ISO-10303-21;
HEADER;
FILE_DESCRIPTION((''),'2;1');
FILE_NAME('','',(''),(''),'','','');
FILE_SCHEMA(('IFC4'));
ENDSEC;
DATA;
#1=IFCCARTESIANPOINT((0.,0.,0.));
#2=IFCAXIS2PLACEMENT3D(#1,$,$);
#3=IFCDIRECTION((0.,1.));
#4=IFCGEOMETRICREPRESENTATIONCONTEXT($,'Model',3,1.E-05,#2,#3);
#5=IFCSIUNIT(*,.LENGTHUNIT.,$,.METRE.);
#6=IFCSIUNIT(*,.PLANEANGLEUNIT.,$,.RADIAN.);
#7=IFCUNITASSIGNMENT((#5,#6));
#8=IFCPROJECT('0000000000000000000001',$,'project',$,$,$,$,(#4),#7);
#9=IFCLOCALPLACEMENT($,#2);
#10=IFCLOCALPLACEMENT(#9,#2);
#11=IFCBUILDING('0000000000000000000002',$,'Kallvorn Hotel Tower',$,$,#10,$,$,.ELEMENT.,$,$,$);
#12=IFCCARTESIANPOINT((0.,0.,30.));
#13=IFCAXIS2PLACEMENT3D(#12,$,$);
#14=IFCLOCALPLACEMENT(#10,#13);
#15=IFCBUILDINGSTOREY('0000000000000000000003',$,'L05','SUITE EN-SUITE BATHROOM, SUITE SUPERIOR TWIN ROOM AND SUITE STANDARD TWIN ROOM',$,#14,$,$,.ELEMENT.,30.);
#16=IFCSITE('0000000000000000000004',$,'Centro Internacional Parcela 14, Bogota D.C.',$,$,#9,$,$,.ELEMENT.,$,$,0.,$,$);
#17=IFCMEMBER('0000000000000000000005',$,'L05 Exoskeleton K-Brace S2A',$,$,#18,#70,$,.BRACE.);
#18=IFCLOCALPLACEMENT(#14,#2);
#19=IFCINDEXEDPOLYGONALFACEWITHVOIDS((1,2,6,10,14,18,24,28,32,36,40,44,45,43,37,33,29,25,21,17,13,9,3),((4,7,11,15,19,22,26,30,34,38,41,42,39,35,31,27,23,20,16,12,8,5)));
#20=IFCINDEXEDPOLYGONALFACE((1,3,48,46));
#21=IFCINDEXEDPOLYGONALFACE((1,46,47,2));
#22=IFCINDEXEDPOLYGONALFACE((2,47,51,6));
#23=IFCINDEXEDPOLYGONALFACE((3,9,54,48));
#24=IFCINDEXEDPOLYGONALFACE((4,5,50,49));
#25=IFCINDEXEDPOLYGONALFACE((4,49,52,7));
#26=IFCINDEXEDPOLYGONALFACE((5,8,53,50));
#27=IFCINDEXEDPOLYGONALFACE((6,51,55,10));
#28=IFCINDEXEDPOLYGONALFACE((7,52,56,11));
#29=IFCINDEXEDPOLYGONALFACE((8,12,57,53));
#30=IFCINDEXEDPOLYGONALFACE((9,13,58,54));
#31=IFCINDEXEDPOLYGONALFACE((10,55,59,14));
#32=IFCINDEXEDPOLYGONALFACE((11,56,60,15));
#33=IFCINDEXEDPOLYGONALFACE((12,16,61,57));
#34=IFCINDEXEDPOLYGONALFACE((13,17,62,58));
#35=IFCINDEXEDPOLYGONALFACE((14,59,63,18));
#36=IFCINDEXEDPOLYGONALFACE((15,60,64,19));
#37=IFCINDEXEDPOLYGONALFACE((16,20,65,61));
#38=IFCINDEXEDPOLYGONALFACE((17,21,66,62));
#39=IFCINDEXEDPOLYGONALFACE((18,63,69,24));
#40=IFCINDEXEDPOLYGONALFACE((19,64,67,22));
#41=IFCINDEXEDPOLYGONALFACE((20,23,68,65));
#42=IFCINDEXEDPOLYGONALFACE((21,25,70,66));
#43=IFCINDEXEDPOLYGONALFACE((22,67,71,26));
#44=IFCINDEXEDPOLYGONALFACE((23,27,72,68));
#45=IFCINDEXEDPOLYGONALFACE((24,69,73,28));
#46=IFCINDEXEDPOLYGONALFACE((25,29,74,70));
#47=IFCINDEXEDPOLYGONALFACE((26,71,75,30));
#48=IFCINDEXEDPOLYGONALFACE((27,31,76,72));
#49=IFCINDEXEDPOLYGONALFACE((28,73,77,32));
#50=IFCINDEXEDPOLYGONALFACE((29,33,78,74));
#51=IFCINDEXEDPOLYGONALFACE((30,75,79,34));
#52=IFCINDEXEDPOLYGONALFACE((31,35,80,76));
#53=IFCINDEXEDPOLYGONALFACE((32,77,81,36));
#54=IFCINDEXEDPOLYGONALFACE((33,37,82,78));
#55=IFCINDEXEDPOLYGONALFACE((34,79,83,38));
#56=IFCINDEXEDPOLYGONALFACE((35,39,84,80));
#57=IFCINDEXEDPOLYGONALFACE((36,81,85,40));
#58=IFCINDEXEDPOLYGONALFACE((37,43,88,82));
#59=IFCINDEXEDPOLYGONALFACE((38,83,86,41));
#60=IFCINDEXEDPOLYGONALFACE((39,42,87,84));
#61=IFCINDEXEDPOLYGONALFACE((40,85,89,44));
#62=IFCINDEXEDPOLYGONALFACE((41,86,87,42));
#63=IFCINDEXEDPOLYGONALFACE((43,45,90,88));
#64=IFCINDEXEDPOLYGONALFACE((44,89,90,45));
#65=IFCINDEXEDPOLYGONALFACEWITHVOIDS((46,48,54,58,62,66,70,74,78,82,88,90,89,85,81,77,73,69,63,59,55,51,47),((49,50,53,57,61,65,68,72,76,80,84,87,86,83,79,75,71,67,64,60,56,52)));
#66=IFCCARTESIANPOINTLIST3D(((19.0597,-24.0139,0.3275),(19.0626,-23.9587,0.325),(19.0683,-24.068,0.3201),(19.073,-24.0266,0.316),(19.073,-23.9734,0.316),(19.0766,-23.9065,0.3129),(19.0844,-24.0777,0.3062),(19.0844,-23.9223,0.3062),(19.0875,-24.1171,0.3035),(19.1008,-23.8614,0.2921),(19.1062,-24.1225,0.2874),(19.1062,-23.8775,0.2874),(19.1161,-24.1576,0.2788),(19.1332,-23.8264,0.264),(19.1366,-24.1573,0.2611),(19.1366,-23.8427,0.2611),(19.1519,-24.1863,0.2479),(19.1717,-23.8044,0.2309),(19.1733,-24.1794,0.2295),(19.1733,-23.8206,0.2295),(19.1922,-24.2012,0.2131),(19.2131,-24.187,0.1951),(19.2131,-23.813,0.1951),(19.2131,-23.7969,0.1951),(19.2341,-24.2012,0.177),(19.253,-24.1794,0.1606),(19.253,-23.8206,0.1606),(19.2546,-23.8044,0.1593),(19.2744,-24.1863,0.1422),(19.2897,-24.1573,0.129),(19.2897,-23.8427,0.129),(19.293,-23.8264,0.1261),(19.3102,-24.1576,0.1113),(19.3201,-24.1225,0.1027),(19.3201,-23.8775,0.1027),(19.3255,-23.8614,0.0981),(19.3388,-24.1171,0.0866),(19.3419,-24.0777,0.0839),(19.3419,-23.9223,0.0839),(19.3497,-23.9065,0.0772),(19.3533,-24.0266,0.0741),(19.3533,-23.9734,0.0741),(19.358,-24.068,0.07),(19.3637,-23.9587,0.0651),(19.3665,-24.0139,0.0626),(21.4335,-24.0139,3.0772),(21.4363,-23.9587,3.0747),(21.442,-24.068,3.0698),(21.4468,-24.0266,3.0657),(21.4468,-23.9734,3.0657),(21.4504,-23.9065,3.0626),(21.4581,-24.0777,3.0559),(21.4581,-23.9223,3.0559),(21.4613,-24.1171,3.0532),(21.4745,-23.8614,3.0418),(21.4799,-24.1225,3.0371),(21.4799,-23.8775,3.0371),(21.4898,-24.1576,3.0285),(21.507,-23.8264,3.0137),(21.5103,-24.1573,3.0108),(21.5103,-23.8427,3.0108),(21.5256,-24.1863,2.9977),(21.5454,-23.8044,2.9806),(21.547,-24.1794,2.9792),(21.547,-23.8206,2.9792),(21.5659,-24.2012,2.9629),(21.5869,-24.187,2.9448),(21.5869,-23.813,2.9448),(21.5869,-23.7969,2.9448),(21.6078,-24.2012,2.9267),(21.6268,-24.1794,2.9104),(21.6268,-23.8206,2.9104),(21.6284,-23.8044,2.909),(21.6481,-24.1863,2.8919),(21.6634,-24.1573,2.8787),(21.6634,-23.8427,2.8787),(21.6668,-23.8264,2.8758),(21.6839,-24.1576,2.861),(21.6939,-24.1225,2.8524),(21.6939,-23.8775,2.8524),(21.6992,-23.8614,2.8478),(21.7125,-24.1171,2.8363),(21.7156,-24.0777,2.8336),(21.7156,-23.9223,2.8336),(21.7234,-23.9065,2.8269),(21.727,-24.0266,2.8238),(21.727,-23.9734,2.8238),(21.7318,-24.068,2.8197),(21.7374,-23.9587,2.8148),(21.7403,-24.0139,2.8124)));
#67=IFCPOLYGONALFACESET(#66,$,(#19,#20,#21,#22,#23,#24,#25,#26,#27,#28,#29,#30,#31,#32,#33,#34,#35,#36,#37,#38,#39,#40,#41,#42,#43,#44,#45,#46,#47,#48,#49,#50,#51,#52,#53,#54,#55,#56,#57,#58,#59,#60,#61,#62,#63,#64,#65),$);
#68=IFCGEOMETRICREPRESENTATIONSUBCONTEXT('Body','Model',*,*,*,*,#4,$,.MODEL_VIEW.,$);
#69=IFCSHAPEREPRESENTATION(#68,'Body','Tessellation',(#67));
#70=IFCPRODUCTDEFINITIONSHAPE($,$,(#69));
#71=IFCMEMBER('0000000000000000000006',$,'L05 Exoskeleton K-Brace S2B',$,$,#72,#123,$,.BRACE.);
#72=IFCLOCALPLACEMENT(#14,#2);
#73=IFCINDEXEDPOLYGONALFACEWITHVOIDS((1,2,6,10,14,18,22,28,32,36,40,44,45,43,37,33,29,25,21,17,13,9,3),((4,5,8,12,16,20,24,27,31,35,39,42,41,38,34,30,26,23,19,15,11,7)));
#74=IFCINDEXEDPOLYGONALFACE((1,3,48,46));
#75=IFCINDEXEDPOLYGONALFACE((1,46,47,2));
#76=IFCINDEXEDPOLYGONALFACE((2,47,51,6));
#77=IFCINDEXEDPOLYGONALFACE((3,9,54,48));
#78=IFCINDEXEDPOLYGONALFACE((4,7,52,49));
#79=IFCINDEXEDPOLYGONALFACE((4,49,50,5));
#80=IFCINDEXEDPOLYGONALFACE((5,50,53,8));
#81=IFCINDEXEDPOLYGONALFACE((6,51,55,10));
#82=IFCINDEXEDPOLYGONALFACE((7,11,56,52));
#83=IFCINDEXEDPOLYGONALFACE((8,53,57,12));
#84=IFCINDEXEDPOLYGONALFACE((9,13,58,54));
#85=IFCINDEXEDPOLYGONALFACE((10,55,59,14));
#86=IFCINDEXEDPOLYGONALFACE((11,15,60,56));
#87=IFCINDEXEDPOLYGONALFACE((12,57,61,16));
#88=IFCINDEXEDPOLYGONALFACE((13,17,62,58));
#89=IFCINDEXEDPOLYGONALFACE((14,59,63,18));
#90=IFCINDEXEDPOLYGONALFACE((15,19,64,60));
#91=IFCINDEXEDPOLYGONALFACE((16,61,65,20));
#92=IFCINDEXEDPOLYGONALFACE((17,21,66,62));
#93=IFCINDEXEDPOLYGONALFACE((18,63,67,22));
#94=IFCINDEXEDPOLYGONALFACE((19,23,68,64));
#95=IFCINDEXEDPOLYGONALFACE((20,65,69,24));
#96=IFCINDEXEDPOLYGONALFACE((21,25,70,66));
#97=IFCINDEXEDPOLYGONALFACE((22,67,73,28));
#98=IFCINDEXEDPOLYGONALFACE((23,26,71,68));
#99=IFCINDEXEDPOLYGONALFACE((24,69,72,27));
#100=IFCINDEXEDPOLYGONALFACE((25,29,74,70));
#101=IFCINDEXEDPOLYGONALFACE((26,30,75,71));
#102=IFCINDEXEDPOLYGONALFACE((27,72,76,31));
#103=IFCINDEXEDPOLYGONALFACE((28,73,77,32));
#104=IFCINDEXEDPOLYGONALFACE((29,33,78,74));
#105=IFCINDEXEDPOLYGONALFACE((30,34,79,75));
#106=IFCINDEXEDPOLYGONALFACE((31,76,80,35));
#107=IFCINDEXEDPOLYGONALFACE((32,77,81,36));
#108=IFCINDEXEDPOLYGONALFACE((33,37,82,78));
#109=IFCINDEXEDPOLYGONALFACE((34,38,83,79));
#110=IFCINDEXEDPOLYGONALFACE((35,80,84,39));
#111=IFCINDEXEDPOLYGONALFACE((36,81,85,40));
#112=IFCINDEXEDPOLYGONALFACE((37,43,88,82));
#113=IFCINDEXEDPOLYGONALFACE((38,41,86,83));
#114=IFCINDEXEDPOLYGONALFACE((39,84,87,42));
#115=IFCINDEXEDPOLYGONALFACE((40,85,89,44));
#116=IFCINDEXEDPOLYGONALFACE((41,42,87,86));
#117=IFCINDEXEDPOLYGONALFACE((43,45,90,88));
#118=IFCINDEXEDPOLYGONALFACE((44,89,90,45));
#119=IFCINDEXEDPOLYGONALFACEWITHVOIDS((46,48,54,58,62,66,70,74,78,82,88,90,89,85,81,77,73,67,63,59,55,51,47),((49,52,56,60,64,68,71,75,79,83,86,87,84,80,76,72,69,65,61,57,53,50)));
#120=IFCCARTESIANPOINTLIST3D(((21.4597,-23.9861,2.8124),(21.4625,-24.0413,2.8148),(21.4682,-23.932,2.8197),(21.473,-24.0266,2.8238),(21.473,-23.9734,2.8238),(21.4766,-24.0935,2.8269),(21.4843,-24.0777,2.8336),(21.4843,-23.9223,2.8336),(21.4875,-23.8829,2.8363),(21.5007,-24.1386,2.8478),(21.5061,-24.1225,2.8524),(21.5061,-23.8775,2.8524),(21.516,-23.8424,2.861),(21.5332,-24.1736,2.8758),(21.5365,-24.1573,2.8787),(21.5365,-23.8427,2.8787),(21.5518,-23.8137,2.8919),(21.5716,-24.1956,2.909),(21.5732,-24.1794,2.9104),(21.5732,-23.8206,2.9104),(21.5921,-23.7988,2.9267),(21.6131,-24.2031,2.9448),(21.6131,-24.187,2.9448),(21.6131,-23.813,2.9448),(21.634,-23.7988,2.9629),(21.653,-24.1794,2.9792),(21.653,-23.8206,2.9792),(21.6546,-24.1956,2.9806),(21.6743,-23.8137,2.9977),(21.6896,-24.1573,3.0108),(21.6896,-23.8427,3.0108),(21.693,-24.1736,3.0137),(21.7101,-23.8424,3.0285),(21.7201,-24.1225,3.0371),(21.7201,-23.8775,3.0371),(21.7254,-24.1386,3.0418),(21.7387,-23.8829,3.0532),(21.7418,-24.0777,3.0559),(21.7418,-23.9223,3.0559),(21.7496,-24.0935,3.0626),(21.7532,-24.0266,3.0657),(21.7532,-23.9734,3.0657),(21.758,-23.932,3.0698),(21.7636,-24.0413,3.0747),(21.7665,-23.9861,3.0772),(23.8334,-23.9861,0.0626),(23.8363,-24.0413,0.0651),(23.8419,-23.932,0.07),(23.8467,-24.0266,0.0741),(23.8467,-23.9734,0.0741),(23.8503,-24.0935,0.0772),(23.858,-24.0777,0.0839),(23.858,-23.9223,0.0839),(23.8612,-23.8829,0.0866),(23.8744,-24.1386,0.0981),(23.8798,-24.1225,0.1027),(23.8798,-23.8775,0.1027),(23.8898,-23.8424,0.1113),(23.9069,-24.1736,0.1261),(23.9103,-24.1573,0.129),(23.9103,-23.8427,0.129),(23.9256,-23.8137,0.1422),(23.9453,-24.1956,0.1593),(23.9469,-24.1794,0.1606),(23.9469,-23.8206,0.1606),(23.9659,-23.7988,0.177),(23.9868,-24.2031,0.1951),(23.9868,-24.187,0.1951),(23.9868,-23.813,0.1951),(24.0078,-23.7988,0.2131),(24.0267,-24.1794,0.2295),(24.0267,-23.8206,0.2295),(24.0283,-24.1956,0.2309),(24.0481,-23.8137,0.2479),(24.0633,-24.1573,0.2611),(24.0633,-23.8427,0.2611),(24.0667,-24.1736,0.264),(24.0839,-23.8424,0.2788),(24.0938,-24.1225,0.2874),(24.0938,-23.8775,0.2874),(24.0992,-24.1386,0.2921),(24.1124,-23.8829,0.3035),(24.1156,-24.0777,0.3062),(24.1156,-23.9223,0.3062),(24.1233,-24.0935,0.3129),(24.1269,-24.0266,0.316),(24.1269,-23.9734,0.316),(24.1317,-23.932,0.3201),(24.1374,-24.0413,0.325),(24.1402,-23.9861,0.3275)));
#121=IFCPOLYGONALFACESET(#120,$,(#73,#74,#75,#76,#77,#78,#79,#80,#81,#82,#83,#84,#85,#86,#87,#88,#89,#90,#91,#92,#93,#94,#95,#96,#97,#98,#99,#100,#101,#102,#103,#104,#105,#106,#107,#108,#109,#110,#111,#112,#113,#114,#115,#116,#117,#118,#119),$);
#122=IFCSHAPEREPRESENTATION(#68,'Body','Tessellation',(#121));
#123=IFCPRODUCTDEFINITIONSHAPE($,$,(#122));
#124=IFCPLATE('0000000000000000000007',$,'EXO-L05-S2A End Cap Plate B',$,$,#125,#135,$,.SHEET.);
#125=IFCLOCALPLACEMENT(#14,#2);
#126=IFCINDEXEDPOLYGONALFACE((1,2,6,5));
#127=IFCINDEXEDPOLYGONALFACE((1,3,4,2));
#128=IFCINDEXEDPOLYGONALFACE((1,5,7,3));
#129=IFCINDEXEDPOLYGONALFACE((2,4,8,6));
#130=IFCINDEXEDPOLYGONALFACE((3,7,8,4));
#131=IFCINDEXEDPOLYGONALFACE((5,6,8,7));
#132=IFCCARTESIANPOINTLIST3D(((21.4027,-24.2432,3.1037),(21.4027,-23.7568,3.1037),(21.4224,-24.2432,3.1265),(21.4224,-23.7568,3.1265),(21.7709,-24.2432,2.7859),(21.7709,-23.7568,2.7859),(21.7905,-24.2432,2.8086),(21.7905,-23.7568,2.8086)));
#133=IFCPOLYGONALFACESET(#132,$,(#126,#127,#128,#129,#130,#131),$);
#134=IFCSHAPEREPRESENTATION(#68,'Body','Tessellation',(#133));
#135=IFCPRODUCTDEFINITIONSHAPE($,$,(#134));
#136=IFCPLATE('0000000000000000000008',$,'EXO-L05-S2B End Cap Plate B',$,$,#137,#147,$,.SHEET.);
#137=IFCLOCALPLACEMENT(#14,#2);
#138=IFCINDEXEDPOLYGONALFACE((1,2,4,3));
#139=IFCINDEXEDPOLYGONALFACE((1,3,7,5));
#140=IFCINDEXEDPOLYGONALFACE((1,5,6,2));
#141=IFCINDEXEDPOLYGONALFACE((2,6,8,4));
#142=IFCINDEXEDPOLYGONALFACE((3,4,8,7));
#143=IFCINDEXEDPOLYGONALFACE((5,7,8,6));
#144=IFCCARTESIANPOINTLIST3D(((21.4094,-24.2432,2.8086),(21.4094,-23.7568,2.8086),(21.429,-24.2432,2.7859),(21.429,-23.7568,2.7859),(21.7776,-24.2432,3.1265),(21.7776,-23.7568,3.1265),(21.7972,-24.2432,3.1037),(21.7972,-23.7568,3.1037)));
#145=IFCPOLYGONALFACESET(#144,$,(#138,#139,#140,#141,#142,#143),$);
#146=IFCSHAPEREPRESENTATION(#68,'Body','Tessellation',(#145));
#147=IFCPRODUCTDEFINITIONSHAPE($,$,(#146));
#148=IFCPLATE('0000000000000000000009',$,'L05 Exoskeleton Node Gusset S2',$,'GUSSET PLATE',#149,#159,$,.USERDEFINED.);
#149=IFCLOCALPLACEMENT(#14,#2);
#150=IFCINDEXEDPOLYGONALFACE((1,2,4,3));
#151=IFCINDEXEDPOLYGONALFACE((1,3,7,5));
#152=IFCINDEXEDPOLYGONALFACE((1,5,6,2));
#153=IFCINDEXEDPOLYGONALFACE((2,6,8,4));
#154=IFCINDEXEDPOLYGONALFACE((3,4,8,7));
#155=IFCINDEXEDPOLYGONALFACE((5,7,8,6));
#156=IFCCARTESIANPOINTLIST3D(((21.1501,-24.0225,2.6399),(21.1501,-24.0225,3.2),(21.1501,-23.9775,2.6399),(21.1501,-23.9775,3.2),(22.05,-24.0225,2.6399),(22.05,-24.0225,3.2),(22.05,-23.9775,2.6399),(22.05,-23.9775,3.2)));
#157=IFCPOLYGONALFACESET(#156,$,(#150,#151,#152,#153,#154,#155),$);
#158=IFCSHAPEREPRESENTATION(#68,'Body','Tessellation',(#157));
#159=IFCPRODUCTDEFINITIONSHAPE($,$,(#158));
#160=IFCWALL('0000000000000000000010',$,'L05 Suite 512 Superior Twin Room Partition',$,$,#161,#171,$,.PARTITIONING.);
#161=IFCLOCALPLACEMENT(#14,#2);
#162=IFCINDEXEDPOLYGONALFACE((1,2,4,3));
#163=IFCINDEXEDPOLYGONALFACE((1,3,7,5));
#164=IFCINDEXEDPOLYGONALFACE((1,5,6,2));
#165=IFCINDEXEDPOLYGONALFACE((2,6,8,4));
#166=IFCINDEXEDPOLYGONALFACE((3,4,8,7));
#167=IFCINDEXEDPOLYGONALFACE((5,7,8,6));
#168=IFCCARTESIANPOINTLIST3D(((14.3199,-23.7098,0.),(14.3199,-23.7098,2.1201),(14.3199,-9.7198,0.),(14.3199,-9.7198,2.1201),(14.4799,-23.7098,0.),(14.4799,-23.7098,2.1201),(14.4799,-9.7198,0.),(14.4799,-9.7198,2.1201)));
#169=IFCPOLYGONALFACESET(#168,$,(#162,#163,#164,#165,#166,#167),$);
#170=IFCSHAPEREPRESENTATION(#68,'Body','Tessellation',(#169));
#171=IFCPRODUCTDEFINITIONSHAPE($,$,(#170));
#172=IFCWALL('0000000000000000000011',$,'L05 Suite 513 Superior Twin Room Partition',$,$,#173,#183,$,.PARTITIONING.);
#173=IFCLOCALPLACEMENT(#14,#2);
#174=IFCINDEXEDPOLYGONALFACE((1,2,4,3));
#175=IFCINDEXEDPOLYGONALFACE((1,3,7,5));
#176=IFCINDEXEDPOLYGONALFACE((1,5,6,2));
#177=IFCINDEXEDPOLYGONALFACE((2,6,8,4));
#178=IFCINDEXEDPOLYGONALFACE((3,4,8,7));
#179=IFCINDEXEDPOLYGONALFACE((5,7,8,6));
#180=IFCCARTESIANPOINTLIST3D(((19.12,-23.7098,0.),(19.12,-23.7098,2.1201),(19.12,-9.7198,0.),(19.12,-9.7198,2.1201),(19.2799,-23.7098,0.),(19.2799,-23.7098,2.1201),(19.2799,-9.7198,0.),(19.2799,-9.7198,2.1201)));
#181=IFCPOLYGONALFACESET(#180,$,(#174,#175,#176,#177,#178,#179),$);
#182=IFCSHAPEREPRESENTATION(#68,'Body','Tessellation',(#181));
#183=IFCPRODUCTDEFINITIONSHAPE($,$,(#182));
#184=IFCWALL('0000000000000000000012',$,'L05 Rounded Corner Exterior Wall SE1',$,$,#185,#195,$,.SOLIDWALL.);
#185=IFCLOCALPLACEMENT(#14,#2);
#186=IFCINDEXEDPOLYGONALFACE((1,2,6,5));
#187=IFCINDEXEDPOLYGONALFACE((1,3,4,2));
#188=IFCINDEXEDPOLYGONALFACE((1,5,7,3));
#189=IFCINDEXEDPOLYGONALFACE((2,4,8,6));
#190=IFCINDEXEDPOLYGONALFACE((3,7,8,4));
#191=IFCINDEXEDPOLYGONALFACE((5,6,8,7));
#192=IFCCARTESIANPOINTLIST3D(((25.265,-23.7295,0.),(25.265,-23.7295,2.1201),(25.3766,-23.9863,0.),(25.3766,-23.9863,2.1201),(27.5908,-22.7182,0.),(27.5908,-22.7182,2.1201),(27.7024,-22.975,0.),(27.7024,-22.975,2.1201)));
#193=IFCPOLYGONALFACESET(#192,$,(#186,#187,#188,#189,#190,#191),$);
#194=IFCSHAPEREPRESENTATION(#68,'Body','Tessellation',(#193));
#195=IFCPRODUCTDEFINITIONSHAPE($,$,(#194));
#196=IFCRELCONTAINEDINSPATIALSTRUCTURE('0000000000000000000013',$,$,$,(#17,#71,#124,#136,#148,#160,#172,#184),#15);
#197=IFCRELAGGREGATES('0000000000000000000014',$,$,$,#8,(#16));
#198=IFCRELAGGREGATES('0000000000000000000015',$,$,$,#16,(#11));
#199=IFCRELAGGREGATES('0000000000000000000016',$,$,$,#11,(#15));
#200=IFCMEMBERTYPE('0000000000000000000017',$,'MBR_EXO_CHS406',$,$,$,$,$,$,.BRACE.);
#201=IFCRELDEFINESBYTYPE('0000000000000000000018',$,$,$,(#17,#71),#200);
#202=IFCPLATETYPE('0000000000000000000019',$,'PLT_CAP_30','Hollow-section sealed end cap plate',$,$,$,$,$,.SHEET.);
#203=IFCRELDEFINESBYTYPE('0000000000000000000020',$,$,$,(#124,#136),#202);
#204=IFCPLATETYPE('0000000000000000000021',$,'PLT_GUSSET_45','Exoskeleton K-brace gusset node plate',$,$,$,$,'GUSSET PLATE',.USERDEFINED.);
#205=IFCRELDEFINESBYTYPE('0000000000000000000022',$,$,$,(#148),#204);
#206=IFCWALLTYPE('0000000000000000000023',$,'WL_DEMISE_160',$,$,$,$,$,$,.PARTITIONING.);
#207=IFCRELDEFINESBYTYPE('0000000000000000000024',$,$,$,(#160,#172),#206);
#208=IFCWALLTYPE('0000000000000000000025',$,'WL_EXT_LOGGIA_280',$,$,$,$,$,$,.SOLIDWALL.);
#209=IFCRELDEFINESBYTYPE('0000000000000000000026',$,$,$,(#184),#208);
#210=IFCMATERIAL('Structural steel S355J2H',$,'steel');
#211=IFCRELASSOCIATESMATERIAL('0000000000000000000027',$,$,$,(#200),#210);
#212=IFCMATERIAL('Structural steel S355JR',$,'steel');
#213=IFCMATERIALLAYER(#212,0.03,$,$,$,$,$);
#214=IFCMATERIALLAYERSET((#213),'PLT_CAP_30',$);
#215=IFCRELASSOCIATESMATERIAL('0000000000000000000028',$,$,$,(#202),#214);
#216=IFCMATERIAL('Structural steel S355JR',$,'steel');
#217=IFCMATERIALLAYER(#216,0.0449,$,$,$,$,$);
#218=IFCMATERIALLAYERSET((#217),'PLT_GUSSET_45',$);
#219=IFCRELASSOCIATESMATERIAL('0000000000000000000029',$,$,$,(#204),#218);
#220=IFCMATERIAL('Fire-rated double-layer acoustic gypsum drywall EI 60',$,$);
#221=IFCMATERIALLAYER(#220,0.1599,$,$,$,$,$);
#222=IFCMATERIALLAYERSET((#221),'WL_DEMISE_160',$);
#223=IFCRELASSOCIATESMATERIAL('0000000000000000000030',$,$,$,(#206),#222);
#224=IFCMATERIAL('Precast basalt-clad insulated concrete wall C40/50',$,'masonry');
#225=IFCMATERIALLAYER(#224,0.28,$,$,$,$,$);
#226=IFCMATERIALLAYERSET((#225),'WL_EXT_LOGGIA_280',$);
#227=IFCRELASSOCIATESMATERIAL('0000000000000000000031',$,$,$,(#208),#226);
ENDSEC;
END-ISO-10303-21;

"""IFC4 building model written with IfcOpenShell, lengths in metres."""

from ifc_helpers import new_model, si_unit, direction, frame, frame_2d, origin, origin_2d, place, context, subcontext, project, spatial, polyline, rectangle, hollow_circle, outline, extrude, material, layer, layer_set, material_profile, profile_set, type_object, element, save


model = new_model("IFC4")

# Units and contexts
model_context = context("Model", 3, precision=1e-05, world=origin(), true_north=direction((0.0, 1.0)))
body_context = subcontext(model_context, "Body", "Model", "MODEL_VIEW")
ifc_project = project(units=[si_unit("LENGTHUNIT", "METRE"), si_unit("PLANEANGLEUNIT", "RADIAN")], contexts=[model_context])

# Site, building, storey
site_placement = place(None, origin())
site = spatial("IfcSite", under=ifc_project, at=site_placement, Name="Centro Internacional Parcela 14, Bogota D.C.", CompositionType="ELEMENT", RefElevation=0.0)
building_placement = place(site_placement, origin())
building = spatial("IfcBuilding", under=site, at=building_placement, Name="Kallvorn Hotel Tower", CompositionType="ELEMENT")
storey_placement = place(building_placement, frame((0.0, 0.0, 30.0)))
storey = spatial("IfcBuildingStorey", under=building, at=storey_placement, Name="L05", Description="SUITE EN-SUITE BATHROOM, SUITE SUPERIOR TWIN ROOM AND SUITE STANDARD TWIN ROOM", CompositionType="ELEMENT", Elevation=30.0)

# Members
ifc_material_1 = material(Name="Structural steel S355J2H", Category="steel")
ifc_material_profile_1 = material_profile(ifc_material_1, hollow_circle(Radius=0.2031, WallThickness=0.0161, at=origin_2d()), Name="CHS 406.4x16")
ifc_profile_set_1 = profile_set([ifc_material_profile_1], Name="Structural steel S355J2H")
member_type = type_object("IfcMemberType", Name="MBR_EXO_CHS406", PredefinedType="BRACE", material=ifc_profile_set_1)
for number, where, z_axis, x_axis, name in (
    (1, (19.2131, -24.0, 0.1951), (0.653461, 0.0, 0.756961), (0.0, 1.0, 0.0), "L05 Exoskeleton K-Brace S2A"),
    (2, (23.9868, -24.0, 0.1951), (-0.653461, 0.0, 0.756961), (0.0, -1.0, 0.0), "L05 Exoskeleton K-Brace S2B"),
):
    element("IfcMember", number, at=place(storey_placement, frame(where, z_axis=z_axis, x_axis=x_axis)), inside=storey, type_object=member_type, Name=name, PredefinedType="BRACE", context=body_context, shape_type="SweptSolid", body=[
        extrude(hollow_circle(Radius=0.2031, WallThickness=0.0161, at=origin_2d()), origin(), (0.0, 0.0, 1.0), 3.6326),
    ])

# Plates
ifc_material_2 = material(Name="Structural steel S355JR", Category="steel")
ifc_layer_1 = layer(ifc_material_2, 0.03)
ifc_layer_set_1 = layer_set([ifc_layer_1], Name="PLT_CAP_30")
plate_type_1 = type_object("IfcPlateType", Name="PLT_CAP_30", Description="Hollow-section sealed end cap plate", PredefinedType="SHEET", material=ifc_layer_set_1)
for number, where, z_axis, x_axis, name in (
    (3, (21.7905, -24.2432, 2.8086), (0.653515, 0.0, 0.756913), (0.0, 1.0, 0.0), "EXO-L05-S2A End Cap Plate B"),
    (4, (21.4094, -23.7568, 2.8086), (-0.653515, 0.0, 0.756913), (0.0, -1.0, 0.0), "EXO-L05-S2B End Cap Plate B"),
):
    element("IfcPlate", number, at=place(storey_placement, frame(where, z_axis=z_axis, x_axis=x_axis)), inside=storey, type_object=plate_type_1, Name=name, PredefinedType="SHEET", context=body_context, shape_type="SweptSolid", body=[
        extrude(outline(polyline([(0.0, 0.0), (0.4863, 0.0), (0.4863, 0.4864), (0.0, 0.4864), (0.0, 0.0)])), origin(), (0.0, 0.0, -1.0), 0.03),
    ])
ifc_material_3 = material(Name="Structural steel S355JR", Category="steel")
ifc_layer_2 = layer(ifc_material_3, 0.0449)
ifc_layer_set_2 = layer_set([ifc_layer_2], Name="PLT_GUSSET_45")
plate_type_2 = type_object("IfcPlateType", Name="PLT_GUSSET_45", Description="Exoskeleton K-brace gusset node plate", ElementType="GUSSET PLATE", PredefinedType="USERDEFINED", material=ifc_layer_set_2)
plate_placement = place(storey_placement, frame((21.6001, -24.0, 2.6399), z_axis=(0.0, 0.0, 1.0), x_axis=(1.0, 0.0, 0.0)))
element("IfcPlate", 5, at=plate_placement, inside=storey, type_object=plate_type_2, Name="L05 Exoskeleton Node Gusset S2", ObjectType="GUSSET PLATE", PredefinedType="USERDEFINED", context=body_context, shape_type="SweptSolid", body=[
    extrude(rectangle(XDim=0.8999, YDim=0.0449, at=origin_2d()), origin(), (0.0, 0.0, 1.0), 0.5601),
])

# Walls
ifc_material_4 = material(Name="Fire-rated double-layer acoustic gypsum drywall EI 60")
ifc_layer_3 = layer(ifc_material_4, 0.1599)
ifc_layer_set_3 = layer_set([ifc_layer_3], Name="WL_DEMISE_160")
wall_type_1 = type_object("IfcWallType", Name="WL_DEMISE_160", PredefinedType="PARTITIONING", material=ifc_layer_set_3)
for number, where, z_axis, x_axis, name in (
    (6, (14.3999, -23.71, 0.0), (0.0, 0.0, 1.0), (0.0, 1.0, 0.0), "L05 Suite 512 Superior Twin Room Partition"),
    (7, (19.2, -23.71, 0.0), (0.0, 0.0, 1.0), (0.0, 1.0, 0.0), "L05 Suite 513 Superior Twin Room Partition"),
):
    element("IfcWall", number, at=place(storey_placement, frame(where, z_axis=z_axis, x_axis=x_axis)), inside=storey, type_object=wall_type_1, Name=name, PredefinedType="PARTITIONING", context=body_context, shape_type="SweptSolid", body=[
        extrude(rectangle(XDim=13.99, YDim=0.1599, at=frame_2d((6.9951, 0.0))), origin(), (0.0, 0.0, 1.0), 2.1201),
    ])
ifc_material_5 = material(Name="Precast basalt-clad insulated concrete wall C40/50", Category="masonry")
ifc_layer_4 = layer(ifc_material_5, 0.28)
ifc_layer_set_4 = layer_set([ifc_layer_4], Name="WL_EXT_LOGGIA_280")
wall_type_2 = type_object("IfcWallType", Name="WL_EXT_LOGGIA_280", PredefinedType="SOLIDWALL", material=ifc_layer_set_4)
wall_1_placement = place(storey_placement, frame((25.3208, -23.8579, 0.0), z_axis=(0.0, 0.0, 1.0), x_axis=(0.917061, 0.398747, 0.0)))
element("IfcWall", 8, at=wall_1_placement, inside=storey, type_object=wall_type_2, Name="L05 Rounded Corner Exterior Wall SE1", PredefinedType="SOLIDWALL", context=body_context, shape_type="SweptSolid", body=[
    extrude(rectangle(XDim=2.5361, YDim=0.28, at=frame_2d((1.2681, 0.0))), origin(), (0.0, 0.0, 1.0), 2.1201),
])

save(model, "model.ifc")
